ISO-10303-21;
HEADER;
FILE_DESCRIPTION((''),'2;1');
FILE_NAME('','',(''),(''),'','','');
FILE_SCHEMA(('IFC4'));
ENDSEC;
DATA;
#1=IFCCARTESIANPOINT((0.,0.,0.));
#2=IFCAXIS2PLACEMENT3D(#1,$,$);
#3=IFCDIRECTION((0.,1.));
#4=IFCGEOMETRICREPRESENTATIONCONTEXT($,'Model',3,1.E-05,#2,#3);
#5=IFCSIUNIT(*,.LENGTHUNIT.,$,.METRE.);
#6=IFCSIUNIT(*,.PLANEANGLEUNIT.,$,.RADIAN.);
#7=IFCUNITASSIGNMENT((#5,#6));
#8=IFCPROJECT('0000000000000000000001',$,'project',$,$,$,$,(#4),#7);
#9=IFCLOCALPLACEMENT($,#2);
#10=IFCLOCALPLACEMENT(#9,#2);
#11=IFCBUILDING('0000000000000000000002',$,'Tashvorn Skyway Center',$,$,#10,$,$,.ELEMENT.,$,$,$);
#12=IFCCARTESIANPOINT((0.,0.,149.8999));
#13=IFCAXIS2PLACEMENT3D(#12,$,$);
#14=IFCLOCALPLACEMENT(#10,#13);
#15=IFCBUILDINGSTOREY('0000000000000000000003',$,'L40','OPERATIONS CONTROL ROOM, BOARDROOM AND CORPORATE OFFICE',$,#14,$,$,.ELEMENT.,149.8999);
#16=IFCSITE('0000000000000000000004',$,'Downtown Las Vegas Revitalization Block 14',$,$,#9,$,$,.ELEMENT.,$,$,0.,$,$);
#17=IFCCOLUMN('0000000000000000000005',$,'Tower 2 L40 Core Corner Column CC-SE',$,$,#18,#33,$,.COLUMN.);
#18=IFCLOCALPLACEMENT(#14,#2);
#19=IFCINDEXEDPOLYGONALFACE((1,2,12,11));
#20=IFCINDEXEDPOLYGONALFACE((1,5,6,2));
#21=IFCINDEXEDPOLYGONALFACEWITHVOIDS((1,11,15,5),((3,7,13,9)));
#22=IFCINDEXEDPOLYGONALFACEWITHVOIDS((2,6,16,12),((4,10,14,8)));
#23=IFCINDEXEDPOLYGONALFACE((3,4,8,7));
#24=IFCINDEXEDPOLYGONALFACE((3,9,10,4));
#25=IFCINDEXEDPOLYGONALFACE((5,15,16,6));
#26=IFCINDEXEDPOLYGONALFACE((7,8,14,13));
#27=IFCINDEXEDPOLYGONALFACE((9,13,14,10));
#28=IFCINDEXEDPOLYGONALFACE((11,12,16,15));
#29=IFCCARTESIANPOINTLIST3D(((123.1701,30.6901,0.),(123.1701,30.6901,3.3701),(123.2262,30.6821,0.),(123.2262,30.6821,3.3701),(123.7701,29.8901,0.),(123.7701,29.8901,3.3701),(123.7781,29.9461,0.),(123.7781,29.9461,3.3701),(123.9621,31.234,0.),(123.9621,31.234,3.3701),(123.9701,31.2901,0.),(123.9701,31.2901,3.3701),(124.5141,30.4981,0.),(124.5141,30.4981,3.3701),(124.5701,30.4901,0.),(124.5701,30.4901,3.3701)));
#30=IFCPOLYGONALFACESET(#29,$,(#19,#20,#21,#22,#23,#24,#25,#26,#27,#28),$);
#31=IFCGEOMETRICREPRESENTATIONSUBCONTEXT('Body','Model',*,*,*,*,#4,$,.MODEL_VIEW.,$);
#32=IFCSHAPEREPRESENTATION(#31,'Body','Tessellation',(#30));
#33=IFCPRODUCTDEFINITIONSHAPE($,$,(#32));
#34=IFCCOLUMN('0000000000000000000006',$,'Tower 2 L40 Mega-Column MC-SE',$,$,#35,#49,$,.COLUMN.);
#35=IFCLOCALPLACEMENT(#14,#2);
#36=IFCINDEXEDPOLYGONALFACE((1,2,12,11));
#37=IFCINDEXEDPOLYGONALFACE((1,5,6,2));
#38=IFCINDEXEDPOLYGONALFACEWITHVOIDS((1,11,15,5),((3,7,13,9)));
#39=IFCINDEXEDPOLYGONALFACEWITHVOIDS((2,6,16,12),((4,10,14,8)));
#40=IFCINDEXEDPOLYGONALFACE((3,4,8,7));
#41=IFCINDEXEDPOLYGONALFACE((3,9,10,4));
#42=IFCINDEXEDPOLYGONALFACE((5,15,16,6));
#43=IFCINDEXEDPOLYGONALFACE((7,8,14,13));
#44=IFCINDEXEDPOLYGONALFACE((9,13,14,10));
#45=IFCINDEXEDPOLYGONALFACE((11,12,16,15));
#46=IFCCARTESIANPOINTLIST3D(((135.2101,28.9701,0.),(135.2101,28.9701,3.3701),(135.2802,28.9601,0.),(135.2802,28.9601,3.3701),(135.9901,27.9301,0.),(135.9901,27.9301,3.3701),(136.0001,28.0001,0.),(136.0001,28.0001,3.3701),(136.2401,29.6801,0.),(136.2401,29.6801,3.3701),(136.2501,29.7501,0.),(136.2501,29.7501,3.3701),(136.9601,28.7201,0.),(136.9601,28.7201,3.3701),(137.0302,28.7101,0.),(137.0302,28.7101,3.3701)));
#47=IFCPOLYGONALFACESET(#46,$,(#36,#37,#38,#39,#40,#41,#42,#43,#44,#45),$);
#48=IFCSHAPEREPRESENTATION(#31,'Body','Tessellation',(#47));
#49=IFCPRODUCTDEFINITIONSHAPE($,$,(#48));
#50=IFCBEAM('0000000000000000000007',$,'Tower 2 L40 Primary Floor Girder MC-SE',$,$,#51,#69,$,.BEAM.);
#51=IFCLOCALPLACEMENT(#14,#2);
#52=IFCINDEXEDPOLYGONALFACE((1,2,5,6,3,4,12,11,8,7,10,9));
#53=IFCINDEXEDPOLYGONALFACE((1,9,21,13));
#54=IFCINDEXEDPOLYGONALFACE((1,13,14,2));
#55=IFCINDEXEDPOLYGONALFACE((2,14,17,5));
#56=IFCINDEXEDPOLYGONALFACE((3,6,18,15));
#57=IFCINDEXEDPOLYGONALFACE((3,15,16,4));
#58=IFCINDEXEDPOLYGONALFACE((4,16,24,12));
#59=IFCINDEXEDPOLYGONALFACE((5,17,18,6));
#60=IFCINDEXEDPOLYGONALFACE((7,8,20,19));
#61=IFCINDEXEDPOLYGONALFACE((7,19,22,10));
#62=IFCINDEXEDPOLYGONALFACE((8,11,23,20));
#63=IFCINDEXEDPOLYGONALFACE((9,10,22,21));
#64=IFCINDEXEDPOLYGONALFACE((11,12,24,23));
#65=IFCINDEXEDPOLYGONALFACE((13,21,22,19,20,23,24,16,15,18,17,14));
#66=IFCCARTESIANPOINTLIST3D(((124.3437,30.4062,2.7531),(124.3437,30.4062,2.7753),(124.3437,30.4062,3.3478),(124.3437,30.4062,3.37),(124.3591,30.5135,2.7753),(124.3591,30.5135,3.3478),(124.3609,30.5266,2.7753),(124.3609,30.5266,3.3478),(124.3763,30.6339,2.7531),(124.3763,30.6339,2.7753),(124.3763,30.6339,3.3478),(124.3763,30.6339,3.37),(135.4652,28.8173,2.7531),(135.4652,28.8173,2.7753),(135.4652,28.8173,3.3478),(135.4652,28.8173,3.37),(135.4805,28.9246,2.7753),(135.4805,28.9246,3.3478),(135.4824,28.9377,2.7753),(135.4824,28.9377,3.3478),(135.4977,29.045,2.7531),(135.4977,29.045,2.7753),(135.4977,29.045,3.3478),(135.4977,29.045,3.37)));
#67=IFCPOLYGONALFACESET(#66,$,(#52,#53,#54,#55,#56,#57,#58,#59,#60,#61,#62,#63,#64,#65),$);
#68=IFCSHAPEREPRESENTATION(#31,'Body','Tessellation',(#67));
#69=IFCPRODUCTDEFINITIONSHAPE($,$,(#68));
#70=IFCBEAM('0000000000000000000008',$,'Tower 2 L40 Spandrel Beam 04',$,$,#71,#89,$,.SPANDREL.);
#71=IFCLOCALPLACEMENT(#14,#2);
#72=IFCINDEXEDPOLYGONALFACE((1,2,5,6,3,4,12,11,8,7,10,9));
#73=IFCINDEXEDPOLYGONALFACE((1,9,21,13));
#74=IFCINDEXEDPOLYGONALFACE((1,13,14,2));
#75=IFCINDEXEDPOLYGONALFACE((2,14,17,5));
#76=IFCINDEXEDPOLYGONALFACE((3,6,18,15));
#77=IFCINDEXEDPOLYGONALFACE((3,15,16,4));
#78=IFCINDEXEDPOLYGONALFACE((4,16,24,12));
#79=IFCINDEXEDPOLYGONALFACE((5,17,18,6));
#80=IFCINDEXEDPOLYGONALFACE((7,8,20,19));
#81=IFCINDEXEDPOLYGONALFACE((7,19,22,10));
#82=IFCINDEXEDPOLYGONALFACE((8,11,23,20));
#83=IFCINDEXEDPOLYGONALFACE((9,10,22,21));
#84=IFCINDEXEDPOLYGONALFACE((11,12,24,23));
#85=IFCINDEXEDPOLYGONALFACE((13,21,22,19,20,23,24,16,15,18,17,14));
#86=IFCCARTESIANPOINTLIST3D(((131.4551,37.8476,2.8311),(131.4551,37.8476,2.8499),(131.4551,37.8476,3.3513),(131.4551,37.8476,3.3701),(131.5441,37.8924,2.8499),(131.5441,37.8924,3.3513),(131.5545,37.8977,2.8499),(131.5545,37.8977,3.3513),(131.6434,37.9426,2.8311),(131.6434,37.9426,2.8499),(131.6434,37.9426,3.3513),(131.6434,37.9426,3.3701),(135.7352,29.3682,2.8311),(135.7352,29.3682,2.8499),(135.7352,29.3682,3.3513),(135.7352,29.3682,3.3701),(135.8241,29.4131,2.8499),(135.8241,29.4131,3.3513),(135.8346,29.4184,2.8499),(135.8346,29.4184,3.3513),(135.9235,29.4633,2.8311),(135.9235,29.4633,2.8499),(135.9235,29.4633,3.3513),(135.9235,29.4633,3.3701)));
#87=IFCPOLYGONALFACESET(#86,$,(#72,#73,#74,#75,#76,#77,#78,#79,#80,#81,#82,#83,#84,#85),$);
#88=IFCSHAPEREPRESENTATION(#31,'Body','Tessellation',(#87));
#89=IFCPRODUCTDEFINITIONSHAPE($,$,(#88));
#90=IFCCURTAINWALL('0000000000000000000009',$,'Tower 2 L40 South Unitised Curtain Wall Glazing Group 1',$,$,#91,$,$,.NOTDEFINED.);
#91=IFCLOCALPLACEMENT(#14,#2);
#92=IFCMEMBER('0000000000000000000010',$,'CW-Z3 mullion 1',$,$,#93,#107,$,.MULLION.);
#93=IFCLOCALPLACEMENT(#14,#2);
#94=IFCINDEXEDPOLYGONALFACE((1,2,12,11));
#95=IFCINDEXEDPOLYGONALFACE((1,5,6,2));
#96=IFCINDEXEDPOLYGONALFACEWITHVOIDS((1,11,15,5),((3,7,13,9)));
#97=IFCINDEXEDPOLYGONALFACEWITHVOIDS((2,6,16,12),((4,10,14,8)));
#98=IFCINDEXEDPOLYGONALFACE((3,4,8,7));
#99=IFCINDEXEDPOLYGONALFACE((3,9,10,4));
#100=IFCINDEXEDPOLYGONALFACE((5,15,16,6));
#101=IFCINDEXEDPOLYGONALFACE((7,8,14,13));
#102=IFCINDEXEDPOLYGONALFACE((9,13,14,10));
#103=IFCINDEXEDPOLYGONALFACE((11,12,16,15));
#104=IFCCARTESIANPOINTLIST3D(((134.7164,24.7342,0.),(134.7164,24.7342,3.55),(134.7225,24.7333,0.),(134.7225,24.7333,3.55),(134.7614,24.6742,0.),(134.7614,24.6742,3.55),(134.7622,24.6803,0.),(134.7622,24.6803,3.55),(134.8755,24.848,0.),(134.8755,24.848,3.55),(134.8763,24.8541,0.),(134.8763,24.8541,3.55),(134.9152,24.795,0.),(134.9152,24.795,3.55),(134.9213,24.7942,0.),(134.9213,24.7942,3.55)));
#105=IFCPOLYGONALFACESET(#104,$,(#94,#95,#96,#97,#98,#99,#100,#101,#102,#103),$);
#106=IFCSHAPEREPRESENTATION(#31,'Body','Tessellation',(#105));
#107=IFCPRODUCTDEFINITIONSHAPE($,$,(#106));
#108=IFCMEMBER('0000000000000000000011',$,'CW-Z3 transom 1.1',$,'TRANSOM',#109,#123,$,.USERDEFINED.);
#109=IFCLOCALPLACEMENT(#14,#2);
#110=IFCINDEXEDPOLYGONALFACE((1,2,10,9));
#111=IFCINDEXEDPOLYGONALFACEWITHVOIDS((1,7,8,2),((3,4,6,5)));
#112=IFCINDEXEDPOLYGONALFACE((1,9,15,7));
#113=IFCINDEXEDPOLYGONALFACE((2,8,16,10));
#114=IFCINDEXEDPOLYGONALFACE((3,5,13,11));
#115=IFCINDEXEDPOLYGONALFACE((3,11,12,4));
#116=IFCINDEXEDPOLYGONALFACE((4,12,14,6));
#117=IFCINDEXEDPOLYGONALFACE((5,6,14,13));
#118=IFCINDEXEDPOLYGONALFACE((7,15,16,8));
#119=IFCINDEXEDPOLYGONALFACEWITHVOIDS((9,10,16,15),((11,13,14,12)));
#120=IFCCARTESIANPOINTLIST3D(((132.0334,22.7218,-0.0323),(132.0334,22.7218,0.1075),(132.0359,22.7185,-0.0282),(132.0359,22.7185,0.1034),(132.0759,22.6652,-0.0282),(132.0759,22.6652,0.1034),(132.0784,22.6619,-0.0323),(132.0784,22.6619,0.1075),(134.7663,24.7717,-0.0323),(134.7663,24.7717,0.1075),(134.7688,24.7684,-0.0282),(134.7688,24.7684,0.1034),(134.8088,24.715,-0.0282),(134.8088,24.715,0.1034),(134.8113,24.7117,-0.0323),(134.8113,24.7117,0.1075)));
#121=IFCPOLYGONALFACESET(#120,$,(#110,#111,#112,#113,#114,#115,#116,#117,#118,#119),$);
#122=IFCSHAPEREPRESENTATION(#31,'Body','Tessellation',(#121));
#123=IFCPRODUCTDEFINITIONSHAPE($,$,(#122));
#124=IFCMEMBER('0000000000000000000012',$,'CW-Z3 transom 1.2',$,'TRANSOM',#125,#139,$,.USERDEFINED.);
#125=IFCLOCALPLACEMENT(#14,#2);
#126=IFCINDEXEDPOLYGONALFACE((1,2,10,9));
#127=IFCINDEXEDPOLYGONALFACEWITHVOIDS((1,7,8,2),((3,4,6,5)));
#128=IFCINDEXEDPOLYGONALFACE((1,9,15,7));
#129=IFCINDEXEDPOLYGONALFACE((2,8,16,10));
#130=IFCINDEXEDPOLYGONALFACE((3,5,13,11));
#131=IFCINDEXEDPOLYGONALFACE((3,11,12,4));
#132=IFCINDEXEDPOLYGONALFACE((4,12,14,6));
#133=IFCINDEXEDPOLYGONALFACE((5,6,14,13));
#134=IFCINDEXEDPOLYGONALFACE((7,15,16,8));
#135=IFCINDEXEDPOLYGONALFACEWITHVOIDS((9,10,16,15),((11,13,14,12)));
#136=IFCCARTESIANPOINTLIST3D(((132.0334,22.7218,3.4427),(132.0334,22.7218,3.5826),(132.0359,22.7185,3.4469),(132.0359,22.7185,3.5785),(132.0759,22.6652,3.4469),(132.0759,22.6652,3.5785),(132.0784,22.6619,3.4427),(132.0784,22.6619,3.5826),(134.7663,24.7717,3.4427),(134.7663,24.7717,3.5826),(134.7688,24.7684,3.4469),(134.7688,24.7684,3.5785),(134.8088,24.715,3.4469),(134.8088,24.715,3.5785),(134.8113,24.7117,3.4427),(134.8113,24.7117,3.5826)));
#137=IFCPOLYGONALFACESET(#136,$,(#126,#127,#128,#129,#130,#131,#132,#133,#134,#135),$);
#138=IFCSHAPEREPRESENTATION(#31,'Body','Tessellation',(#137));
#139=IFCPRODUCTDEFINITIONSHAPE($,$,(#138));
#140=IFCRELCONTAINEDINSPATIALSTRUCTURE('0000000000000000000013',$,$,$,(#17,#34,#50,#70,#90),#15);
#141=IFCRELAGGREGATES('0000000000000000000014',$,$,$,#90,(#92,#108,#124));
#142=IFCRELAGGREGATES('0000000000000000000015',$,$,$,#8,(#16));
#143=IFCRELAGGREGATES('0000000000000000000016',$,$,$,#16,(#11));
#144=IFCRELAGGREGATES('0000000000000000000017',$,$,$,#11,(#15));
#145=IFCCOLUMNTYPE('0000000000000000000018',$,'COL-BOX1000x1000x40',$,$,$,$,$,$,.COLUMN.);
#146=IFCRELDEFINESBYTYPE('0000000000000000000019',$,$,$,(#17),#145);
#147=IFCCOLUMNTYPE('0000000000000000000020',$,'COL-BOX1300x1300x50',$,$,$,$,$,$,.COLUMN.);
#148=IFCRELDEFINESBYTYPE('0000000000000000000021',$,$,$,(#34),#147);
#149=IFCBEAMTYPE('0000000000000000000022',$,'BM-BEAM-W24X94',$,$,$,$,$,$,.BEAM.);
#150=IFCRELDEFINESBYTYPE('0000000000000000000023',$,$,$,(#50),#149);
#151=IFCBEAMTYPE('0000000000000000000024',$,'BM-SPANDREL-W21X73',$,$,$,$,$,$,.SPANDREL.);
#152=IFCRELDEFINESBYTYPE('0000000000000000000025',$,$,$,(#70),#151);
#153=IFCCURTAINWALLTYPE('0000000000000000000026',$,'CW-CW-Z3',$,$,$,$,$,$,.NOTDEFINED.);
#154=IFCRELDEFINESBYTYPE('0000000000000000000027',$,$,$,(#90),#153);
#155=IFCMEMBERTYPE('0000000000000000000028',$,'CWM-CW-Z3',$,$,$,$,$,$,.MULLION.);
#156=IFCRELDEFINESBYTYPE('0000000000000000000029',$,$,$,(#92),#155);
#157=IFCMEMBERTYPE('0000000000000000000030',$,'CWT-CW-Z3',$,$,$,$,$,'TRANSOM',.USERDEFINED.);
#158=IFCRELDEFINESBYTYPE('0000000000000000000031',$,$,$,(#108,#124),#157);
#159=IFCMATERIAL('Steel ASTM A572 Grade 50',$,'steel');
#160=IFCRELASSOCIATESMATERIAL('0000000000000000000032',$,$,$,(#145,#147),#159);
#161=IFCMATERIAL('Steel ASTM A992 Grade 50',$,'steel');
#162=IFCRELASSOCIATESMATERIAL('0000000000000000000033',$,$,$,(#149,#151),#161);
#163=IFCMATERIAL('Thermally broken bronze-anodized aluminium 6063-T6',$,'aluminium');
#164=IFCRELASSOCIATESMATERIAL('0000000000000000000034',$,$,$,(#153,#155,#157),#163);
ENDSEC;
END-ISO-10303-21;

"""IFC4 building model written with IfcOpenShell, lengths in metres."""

from ifc_helpers import new_model, si_unit, direction, frame, origin, origin_2d, place, context, subcontext, project, spatial, hollow_rectangle, i_section, extrude, material, material_profile, profile_set, type_object, element, aggregate, save


model = new_model("IFC4")

# Units and contexts
model_context = context("Model", 3, precision=1e-05, world=origin(), true_north=direction((0.0, 1.0)))
body_context = subcontext(model_context, "Body", "Model", "MODEL_VIEW")
ifc_project = project(units=[si_unit("LENGTHUNIT", "METRE"), si_unit("PLANEANGLEUNIT", "RADIAN")], contexts=[model_context])

# Site, building, storey
site_placement = place(None, origin())
site = spatial("IfcSite", under=ifc_project, at=site_placement, Name="Downtown Las Vegas Revitalization Block 14", CompositionType="ELEMENT", RefElevation=0.0)
building_placement = place(site_placement, origin())
building = spatial("IfcBuilding", under=site, at=building_placement, Name="Tashvorn Skyway Center", CompositionType="ELEMENT")
storey_placement = place(building_placement, frame((0.0, 0.0, 149.8999)))
storey = spatial("IfcBuildingStorey", under=building, at=storey_placement, Name="L40", Description="OPERATIONS CONTROL ROOM, BOARDROOM AND CORPORATE OFFICE", CompositionType="ELEMENT", Elevation=149.8999)

# Columns
ifc_material_1 = material(Name="Steel ASTM A572 Grade 50", Category="steel")
ifc_material_profile_1 = material_profile(ifc_material_1, hollow_rectangle(XDim=1.0, YDim=1.0, WallThickness=0.04, at=origin_2d()), Name="BOX1000x1000x40")
ifc_profile_set_1 = profile_set([ifc_material_profile_1], Name="Steel ASTM A572 Grade 50")
column_type_1 = type_object("IfcColumnType", Name="COL-BOX1000x1000x40", PredefinedType="COLUMN", material=ifc_profile_set_1)
column_1_placement = place(storey_placement, frame((123.8701, 30.5901, 0.0), z_axis=(0.0, 0.0, 1.0), x_axis=(0.8, 0.6, 0.0)))
element("IfcColumn", 1, at=column_1_placement, inside=storey, type_object=column_type_1, Name="Tower 2 L40 Core Corner Column CC-SE", PredefinedType="COLUMN", context=body_context, shape_type="SweptSolid", body=[
    extrude(hollow_rectangle(XDim=1.0, YDim=1.0, WallThickness=0.04, at=origin_2d()), origin(), (0.0, 0.0, 1.0), 3.3701),
])
ifc_material_profile_2 = material_profile(ifc_material_1, hollow_rectangle(XDim=1.3, YDim=1.3, WallThickness=0.05, at=origin_2d()), Name="BOX1300x1300x50")
ifc_profile_set_2 = profile_set([ifc_material_profile_2], Name="Steel ASTM A572 Grade 50")
column_type_2 = type_object("IfcColumnType", Name="COL-BOX1300x1300x50", PredefinedType="COLUMN", material=ifc_profile_set_2)
column_2_placement = place(storey_placement, frame((136.1201, 28.8401, 0.0), z_axis=(0.0, 0.0, 1.0), x_axis=(0.8, 0.6, 0.0)))
element("IfcColumn", 2, at=column_2_placement, inside=storey, type_object=column_type_2, Name="Tower 2 L40 Mega-Column MC-SE", PredefinedType="COLUMN", context=body_context, shape_type="SweptSolid", body=[
    extrude(hollow_rectangle(XDim=1.3, YDim=1.3, WallThickness=0.05, at=origin_2d()), origin(), (0.0, 0.0, 1.0), 3.3701),
])

# Beams
ifc_material_2 = material(Name="Steel ASTM A992 Grade 50", Category="steel")
ifc_material_profile_3 = material_profile(ifc_material_2, i_section(OverallWidth=0.23, OverallDepth=0.6169, WebThickness=0.0132, FlangeThickness=0.0222, at=origin_2d()), Name="W24X94")
ifc_profile_set_3 = profile_set([ifc_material_profile_3], Name="Steel ASTM A992 Grade 50")
beam_type_1 = type_object("IfcBeamType", Name="BM-BEAM-W24X94", PredefinedType="BEAM", material=ifc_profile_set_3)
beam_1_placement = place(storey_placement, frame((135.4814, 28.9312, 3.0615), z_axis=(-0.989948, 0.14143, 0.0), x_axis=(-0.14143, -0.989948, 0.0)))
element("IfcBeam", 3, at=beam_1_placement, inside=storey, type_object=beam_type_1, Name="Tower 2 L40 Primary Floor Girder MC-SE", PredefinedType="BEAM", context=body_context, shape_type="SweptSolid", body=[
    extrude(i_section(OverallWidth=0.23, OverallDepth=0.6169, WebThickness=0.0132, FlangeThickness=0.0222, at=origin_2d()), origin(), (0.0, 0.0, 1.0), 11.2344),
])
ifc_material_profile_4 = material_profile(ifc_material_2, i_section(OverallWidth=0.2109, OverallDepth=0.5391, WebThickness=0.0117, FlangeThickness=0.0188, at=origin_2d()), Name="W21X73")
ifc_profile_set_4 = profile_set([ifc_material_profile_4], Name="Steel ASTM A992 Grade 50")
beam_type_2 = type_object("IfcBeamType", Name="BM-SPANDREL-W21X73", PredefinedType="SPANDREL", material=ifc_profile_set_4)
beam_2_placement = place(storey_placement, frame((135.8293, 29.4158, 3.1006), z_axis=(-0.450614, 0.892719, 0.0), x_axis=(-0.892719, -0.450614, 0.0)))
element("IfcBeam", 4, at=beam_2_placement, inside=storey, type_object=beam_type_2, Name="Tower 2 L40 Spandrel Beam 04", PredefinedType="SPANDREL", context=body_context, shape_type="SweptSolid", body=[
    extrude(i_section(OverallWidth=0.2109, OverallDepth=0.5391, WebThickness=0.0117, FlangeThickness=0.0188, at=origin_2d()), origin(), (0.0, 0.0, 1.0), 9.4983),
])

# Curtain wall, members
ifc_material_3 = material(Name="Thermally broken bronze-anodized aluminium 6063-T6", Category="aluminium")
curtain_wall_type = type_object("IfcCurtainWallType", Name="CW-CW-Z3", PredefinedType="NOTDEFINED", material=ifc_material_3)
curtain_wall_placement = place(storey_placement, origin())
curtain_wall = element("IfcCurtainWall", 5, at=curtain_wall_placement, inside=storey, type_object=curtain_wall_type, Name="Tower 2 L40 South Unitised Curtain Wall Glazing Group 1", PredefinedType="NOTDEFINED")
ifc_material_profile_5 = material_profile(ifc_material_3, hollow_rectangle(XDim=0.075, YDim=0.2, WallThickness=0.0044, at=origin_2d()), Name="ALU-MULL-75x200")
ifc_profile_set_5 = profile_set([ifc_material_profile_5], Name="Thermally broken bronze-anodized aluminium 6063-T6")
member_type_1 = type_object("IfcMemberType", Name="CWM-CW-Z3", PredefinedType="MULLION", material=ifc_profile_set_5)
member_1_placement = place(storey_placement, frame((134.8188, 24.7642, 0.0), z_axis=(0.0, 0.0, 1.0), x_axis=(0.600005, -0.799997, 0.0)))
member_1 = element("IfcMember", 6, at=member_1_placement, type_object=member_type_1, Name="CW-Z3 mullion 1", PredefinedType="MULLION", context=body_context, shape_type="SweptSolid", body=[
    extrude(hollow_rectangle(XDim=0.075, YDim=0.2, WallThickness=0.0044, at=origin_2d()), origin(), (0.0, 0.0, 1.0), 3.55),
])
ifc_material_profile_6 = material_profile(ifc_material_3, hollow_rectangle(XDim=0.075, YDim=0.1399, WallThickness=0.0042, at=origin_2d()), Name="ALU-TRAN-75x140")
ifc_profile_set_6 = profile_set([ifc_material_profile_6], Name="Thermally broken bronze-anodized aluminium 6063-T6")
member_type_2 = type_object("IfcMemberType", Name="CWT-CW-Z3", ElementType="TRANSOM", PredefinedType="USERDEFINED", material=ifc_profile_set_6)
member_2_placement = place(storey_placement, frame((134.7888, 24.7417, 0.0376), z_axis=(-0.799983, -0.600023, 0.0), x_axis=(0.600023, -0.799983, 0.0)))
member_2 = element("IfcMember", 7, at=member_2_placement, type_object=member_type_2, Name="CW-Z3 transom 1.1", ObjectType="TRANSOM", PredefinedType="USERDEFINED", context=body_context, shape_type="SweptSolid", body=[
    extrude(hollow_rectangle(XDim=0.075, YDim=0.1399, WallThickness=0.0042, at=origin_2d()), origin(), (0.0, 0.0, 1.0), 3.4163),
])
member_3_placement = place(storey_placement, frame((134.7888, 24.7417, 3.5127), z_axis=(-0.799983, -0.600023, 0.0), x_axis=(0.600023, -0.799983, 0.0)))
member_3 = element("IfcMember", 8, at=member_3_placement, type_object=member_type_2, Name="CW-Z3 transom 1.2", ObjectType="TRANSOM", PredefinedType="USERDEFINED", context=body_context, shape_type="SweptSolid", body=[
    extrude(hollow_rectangle(XDim=0.075, YDim=0.1399, WallThickness=0.0042, at=origin_2d()), origin(), (0.0, 0.0, 1.0), 3.4163),
])
aggregate(curtain_wall, [member_1, member_2, member_3])

save(model, "model.ifc")
